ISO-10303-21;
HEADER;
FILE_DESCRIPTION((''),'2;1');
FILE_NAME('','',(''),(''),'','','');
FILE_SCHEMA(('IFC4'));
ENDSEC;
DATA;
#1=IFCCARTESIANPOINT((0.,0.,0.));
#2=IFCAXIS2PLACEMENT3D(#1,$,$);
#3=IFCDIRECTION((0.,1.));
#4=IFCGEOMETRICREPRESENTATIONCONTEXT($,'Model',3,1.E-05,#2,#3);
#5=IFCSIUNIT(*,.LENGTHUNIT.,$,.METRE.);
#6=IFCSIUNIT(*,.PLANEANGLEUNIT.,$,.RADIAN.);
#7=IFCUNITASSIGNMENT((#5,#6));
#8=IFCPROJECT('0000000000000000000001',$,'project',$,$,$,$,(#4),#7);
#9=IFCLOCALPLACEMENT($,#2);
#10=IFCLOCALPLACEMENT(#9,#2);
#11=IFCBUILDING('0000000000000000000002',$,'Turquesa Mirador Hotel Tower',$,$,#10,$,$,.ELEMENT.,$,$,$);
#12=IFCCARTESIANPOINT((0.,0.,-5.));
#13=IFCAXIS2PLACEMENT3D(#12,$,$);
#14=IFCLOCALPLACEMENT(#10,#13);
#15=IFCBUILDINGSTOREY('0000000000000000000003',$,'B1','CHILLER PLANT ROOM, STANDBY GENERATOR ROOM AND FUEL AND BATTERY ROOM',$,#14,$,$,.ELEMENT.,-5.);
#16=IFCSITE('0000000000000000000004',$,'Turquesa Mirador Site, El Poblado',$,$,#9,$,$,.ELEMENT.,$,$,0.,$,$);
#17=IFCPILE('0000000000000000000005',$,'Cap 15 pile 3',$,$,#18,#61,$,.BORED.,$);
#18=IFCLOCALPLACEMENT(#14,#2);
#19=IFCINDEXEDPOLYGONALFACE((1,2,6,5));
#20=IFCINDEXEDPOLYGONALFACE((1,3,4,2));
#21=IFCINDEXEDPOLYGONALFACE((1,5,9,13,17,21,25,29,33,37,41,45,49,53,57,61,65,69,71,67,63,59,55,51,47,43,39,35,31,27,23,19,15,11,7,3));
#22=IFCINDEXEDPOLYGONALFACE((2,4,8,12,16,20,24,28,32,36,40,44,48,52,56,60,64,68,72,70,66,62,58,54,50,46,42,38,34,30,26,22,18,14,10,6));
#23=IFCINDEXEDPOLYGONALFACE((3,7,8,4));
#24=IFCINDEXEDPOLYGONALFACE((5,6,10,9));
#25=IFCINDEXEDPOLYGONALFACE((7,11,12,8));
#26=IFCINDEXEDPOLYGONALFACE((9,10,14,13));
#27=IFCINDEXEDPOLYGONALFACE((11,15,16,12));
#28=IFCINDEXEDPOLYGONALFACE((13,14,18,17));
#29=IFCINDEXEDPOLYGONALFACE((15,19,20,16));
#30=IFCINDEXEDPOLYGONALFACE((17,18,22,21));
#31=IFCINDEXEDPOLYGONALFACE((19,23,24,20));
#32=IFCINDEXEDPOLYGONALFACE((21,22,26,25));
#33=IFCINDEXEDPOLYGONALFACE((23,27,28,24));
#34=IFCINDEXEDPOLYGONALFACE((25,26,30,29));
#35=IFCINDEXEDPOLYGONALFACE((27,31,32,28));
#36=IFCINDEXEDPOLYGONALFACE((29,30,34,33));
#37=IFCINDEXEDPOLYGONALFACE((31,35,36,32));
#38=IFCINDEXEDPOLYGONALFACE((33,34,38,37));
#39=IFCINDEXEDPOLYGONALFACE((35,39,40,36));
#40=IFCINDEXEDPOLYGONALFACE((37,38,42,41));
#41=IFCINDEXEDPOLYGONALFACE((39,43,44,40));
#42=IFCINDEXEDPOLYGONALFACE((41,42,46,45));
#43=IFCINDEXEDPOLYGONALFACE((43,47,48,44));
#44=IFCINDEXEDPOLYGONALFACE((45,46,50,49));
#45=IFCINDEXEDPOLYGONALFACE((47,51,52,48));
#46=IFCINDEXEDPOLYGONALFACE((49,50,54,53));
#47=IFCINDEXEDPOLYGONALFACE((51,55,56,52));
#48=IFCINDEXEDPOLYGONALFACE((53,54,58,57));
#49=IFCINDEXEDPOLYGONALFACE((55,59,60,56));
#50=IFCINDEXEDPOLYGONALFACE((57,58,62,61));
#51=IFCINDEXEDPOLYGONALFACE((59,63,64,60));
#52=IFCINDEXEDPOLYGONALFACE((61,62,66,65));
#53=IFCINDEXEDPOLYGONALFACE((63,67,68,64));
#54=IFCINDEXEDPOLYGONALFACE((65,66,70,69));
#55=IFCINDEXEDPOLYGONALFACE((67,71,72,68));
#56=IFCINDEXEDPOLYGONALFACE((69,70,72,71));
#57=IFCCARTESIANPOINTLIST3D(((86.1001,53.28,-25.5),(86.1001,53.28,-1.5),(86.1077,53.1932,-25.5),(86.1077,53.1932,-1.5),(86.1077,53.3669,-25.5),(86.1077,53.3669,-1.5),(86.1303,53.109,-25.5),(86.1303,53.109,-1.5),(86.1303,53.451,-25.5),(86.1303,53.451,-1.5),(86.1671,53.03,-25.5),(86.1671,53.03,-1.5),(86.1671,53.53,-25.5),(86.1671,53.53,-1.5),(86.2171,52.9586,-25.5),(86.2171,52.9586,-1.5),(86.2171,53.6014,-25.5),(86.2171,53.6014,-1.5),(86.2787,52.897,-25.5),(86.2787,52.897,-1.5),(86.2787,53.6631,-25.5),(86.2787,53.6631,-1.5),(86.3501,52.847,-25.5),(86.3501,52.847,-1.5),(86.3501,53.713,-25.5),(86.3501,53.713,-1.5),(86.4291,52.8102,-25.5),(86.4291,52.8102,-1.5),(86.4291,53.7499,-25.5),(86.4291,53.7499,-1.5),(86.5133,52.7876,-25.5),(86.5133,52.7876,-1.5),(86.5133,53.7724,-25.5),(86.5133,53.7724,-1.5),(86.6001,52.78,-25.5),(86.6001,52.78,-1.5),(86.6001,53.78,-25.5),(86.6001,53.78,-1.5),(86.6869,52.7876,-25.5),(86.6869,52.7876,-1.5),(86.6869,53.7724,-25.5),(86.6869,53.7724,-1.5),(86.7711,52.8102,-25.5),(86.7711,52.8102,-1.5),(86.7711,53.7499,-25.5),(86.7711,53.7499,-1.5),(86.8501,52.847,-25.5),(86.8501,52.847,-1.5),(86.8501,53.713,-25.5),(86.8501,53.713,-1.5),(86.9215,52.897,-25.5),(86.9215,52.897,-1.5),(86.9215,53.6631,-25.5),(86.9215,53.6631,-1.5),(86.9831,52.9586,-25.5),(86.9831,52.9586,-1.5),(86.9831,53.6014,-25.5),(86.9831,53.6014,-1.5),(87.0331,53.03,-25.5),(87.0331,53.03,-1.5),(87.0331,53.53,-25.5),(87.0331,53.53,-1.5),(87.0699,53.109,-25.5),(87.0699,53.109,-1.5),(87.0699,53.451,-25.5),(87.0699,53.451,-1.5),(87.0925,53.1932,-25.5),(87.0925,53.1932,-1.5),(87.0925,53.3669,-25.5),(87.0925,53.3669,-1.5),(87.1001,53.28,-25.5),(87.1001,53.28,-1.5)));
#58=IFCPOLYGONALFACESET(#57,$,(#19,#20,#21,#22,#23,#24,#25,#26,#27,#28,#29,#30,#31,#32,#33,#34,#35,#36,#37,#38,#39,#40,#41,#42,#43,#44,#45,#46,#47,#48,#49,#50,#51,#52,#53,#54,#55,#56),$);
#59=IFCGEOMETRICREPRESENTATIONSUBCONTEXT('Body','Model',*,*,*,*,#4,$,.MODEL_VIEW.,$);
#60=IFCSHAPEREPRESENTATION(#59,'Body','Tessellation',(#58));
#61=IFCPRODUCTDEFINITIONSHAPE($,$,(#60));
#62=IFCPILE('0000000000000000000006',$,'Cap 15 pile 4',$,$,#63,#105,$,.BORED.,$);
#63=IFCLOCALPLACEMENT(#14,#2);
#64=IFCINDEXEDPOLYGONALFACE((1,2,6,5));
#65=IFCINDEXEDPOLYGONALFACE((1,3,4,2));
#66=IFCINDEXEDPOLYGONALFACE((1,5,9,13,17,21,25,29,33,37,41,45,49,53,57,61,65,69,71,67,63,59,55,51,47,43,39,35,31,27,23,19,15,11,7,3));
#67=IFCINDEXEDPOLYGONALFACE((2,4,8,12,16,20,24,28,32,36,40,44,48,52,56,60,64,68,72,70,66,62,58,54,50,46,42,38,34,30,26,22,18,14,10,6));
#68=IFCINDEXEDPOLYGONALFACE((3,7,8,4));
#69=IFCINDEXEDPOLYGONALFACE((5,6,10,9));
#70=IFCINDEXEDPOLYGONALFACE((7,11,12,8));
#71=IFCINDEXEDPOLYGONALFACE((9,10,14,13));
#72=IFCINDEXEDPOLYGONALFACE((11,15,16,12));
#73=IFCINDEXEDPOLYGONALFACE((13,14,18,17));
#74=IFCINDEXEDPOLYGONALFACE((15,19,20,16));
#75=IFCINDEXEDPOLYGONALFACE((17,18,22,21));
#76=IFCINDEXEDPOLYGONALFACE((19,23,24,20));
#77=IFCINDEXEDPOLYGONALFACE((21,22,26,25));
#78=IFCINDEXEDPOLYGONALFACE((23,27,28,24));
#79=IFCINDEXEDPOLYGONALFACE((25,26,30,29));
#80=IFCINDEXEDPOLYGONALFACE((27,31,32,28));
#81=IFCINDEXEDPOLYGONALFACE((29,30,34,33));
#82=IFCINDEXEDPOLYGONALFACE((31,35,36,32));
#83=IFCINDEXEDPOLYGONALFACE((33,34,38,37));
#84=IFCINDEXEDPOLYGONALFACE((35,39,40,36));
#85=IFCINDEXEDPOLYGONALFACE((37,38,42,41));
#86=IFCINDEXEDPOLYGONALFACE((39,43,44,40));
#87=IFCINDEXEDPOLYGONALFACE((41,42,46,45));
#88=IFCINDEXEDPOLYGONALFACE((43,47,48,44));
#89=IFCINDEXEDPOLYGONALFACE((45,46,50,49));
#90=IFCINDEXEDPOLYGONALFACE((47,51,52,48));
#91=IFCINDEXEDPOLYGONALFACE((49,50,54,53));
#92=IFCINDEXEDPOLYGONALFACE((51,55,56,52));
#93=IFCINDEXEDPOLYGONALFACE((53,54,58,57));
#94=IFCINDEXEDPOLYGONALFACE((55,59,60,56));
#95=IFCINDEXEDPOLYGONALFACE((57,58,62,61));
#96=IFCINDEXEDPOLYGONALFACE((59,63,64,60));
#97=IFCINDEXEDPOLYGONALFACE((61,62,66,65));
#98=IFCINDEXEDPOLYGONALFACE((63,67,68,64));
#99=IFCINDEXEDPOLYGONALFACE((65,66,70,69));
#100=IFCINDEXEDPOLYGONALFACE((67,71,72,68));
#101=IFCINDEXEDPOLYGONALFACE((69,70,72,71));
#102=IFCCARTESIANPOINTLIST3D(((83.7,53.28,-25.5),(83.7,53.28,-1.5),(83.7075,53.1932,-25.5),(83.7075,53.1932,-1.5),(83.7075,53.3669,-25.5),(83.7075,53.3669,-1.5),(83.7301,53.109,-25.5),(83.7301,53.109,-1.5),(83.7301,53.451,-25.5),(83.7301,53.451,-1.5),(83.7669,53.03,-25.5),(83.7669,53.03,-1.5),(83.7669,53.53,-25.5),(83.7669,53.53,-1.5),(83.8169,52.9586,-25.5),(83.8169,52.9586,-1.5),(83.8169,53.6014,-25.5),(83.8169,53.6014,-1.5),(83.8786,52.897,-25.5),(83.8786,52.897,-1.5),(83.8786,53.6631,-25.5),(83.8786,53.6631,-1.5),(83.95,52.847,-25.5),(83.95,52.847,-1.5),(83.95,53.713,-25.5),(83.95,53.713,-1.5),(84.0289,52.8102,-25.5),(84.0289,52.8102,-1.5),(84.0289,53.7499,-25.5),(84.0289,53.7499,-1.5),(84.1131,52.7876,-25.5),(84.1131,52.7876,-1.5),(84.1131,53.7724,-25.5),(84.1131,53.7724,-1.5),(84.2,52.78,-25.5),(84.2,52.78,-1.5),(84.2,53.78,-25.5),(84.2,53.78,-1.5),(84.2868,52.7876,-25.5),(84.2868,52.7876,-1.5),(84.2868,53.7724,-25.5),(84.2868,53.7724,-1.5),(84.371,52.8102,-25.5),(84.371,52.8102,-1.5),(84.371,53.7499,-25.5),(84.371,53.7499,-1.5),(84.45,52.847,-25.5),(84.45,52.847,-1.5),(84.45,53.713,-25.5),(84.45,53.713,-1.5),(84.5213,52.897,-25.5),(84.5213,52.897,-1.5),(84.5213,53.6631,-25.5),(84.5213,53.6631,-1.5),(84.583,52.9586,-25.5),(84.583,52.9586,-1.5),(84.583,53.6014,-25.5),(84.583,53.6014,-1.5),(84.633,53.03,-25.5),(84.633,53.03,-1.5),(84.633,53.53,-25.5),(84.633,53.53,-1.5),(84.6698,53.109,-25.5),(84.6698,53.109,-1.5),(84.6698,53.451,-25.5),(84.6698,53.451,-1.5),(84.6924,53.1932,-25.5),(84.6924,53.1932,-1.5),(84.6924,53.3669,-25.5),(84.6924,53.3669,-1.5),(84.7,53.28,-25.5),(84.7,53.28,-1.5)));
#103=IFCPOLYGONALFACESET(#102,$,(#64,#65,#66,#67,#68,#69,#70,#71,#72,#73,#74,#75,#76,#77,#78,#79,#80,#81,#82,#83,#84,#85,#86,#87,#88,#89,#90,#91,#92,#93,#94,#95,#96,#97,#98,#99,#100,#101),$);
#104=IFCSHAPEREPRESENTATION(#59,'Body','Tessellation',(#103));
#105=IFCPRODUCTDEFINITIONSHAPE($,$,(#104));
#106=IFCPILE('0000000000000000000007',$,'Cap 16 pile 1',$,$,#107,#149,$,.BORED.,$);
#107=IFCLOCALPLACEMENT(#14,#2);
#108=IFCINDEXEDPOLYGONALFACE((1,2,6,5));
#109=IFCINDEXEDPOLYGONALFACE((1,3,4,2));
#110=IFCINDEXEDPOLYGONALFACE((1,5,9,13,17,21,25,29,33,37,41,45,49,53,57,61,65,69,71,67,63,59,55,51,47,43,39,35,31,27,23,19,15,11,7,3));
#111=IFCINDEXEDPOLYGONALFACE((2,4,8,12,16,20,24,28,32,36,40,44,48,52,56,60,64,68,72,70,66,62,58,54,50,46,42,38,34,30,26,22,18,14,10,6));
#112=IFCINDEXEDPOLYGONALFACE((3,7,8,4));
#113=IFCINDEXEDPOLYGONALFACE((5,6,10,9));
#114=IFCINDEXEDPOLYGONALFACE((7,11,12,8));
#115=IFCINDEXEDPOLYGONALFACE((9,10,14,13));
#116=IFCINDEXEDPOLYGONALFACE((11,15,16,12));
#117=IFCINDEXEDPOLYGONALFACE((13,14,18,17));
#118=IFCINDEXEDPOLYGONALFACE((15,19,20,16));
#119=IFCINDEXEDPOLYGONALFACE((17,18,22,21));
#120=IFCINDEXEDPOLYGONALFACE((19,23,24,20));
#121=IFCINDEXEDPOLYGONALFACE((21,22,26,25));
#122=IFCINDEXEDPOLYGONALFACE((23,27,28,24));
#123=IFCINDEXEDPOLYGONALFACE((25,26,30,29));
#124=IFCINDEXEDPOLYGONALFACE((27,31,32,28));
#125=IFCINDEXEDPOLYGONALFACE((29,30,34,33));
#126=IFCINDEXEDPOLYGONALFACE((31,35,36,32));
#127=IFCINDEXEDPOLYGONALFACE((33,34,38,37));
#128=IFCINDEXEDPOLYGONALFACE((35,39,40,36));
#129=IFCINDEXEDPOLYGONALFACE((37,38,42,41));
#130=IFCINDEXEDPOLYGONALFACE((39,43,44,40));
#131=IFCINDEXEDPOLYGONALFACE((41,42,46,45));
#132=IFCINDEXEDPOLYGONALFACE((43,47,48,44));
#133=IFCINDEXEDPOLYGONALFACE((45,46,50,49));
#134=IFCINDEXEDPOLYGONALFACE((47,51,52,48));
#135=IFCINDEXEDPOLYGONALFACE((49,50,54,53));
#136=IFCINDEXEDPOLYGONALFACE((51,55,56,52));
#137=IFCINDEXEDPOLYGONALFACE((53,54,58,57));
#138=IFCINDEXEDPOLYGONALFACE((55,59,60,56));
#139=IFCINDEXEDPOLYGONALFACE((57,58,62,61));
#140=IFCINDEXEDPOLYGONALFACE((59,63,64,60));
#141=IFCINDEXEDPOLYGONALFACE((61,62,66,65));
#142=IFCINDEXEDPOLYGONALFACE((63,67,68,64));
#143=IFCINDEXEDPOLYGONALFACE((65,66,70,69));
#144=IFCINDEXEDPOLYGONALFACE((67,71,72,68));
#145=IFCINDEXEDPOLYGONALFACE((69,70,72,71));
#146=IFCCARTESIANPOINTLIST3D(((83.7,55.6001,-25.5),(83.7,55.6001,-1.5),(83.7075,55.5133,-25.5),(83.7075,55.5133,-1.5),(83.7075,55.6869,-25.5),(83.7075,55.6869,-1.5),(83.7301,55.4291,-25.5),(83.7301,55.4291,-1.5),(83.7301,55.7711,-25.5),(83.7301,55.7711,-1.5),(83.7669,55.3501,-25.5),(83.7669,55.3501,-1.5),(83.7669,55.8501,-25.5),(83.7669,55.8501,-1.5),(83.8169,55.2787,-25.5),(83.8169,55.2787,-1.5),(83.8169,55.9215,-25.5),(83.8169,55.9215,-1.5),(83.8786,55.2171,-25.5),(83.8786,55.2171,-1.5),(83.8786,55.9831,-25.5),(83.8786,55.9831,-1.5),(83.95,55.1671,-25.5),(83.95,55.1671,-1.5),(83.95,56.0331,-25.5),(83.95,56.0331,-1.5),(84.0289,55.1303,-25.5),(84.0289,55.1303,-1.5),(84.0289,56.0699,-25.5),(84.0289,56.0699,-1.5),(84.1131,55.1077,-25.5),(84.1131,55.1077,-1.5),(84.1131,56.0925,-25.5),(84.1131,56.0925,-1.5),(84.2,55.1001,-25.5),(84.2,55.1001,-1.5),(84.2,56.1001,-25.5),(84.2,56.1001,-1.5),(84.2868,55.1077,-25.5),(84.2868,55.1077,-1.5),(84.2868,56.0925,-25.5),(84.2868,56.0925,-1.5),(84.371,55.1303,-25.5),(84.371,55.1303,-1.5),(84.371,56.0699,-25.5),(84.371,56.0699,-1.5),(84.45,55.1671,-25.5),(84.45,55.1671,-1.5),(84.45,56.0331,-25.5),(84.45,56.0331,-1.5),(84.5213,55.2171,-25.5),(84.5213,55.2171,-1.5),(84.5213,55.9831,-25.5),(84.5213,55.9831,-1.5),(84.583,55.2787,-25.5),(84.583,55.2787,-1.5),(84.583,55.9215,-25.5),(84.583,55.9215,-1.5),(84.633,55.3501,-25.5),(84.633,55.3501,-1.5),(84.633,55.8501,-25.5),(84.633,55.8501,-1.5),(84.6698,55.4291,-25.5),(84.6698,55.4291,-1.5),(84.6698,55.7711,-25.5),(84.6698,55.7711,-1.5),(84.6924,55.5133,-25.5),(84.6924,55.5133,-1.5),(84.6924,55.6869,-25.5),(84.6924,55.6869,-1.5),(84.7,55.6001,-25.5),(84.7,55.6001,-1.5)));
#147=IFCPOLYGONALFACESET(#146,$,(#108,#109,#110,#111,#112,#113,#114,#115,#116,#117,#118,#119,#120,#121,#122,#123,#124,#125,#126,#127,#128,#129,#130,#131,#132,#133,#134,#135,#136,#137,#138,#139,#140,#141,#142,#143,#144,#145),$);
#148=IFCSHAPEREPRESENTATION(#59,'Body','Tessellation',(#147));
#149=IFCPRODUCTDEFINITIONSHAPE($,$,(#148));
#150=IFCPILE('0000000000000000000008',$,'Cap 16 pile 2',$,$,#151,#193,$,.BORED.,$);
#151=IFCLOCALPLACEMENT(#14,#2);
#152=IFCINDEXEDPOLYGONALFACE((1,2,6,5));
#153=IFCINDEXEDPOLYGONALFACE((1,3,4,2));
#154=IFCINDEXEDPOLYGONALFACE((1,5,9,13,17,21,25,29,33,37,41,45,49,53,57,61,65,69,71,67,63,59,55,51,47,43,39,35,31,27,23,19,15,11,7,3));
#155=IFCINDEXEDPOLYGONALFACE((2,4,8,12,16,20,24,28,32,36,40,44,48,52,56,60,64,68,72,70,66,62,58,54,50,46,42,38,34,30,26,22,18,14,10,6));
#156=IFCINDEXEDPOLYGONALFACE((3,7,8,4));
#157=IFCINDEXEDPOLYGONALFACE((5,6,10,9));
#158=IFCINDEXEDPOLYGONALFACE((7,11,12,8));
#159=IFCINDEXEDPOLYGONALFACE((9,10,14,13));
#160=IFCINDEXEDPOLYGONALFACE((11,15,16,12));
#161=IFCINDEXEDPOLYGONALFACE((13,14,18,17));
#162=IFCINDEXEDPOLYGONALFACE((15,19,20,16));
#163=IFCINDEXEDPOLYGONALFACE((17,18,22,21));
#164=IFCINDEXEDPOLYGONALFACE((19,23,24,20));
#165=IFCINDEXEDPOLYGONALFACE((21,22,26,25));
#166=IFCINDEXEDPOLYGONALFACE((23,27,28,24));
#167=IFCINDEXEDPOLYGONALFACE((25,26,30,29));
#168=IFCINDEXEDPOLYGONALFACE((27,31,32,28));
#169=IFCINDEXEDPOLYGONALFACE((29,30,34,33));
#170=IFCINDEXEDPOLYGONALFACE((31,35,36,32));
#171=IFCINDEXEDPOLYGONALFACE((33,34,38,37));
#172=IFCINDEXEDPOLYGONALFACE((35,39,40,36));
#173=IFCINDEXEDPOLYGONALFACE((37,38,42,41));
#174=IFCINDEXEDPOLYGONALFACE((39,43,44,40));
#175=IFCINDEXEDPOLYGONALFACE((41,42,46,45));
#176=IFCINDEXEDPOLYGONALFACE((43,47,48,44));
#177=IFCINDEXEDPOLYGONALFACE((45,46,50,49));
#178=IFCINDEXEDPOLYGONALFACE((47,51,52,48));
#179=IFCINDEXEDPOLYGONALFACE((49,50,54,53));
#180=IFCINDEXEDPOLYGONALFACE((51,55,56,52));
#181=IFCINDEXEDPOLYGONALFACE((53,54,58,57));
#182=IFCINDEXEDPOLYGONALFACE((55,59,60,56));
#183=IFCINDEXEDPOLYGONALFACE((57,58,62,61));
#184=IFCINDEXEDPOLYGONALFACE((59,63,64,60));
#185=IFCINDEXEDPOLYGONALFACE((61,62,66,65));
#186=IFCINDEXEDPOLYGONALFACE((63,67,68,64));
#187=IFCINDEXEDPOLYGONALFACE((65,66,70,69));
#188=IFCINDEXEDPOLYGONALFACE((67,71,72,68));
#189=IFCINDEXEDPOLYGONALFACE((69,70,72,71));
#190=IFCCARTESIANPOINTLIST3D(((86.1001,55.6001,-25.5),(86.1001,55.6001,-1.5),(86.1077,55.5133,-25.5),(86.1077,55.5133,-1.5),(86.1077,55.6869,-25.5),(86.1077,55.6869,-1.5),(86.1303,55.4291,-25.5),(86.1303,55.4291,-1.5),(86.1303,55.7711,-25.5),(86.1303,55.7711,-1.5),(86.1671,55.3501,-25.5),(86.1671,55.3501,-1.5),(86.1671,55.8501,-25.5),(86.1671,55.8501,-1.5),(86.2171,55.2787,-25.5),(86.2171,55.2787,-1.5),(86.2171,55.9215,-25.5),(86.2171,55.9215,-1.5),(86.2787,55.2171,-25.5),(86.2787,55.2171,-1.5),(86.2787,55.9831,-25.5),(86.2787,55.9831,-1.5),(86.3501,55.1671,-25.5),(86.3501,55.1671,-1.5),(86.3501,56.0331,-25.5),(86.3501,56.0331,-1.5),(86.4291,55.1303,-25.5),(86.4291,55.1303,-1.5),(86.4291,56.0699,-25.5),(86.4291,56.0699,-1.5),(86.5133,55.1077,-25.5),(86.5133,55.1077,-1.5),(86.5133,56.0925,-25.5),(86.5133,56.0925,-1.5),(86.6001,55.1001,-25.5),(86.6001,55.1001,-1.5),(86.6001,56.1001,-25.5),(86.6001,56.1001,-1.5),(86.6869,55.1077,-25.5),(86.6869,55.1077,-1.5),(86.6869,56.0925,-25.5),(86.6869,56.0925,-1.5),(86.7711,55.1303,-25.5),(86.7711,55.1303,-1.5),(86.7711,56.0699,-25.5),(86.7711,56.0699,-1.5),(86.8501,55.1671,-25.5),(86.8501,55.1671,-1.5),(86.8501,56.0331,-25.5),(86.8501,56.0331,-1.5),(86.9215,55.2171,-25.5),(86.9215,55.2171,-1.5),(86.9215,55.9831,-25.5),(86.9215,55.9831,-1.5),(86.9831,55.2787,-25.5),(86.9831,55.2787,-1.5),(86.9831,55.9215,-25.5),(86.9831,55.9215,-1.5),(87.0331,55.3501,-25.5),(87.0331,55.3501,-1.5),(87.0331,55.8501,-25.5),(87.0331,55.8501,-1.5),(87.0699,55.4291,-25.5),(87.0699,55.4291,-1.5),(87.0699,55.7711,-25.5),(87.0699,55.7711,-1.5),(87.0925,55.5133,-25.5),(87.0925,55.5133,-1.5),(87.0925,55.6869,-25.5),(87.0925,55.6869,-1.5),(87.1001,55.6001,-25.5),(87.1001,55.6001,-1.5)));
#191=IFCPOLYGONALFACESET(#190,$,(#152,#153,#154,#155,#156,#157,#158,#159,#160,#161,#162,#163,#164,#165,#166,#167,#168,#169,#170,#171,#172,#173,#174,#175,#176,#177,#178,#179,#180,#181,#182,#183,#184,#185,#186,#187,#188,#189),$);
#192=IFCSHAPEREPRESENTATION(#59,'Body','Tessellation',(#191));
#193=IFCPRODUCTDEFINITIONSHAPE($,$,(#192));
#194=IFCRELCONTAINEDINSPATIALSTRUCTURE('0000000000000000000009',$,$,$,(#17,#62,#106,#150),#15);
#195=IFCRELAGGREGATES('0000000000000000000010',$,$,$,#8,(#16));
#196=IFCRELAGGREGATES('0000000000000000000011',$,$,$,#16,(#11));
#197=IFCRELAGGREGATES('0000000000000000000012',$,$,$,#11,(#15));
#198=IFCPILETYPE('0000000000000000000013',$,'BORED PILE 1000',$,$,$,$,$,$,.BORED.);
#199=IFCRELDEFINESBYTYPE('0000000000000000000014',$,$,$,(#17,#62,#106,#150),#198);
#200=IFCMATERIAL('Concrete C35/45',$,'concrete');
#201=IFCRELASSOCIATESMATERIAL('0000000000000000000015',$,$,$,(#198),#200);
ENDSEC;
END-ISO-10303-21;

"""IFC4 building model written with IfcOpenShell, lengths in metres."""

from ifc_helpers import new_model, si_unit, direction, frame, origin, origin_2d, place, context, subcontext, project, spatial, circle, extrude, material, type_object, element, save


model = new_model("IFC4")

# Units and contexts
model_context = context("Model", 3, precision=1e-05, world=origin(), true_north=direction((0.0, 1.0)))
body_context = subcontext(model_context, "Body", "Model", "MODEL_VIEW")
ifc_project = project(units=[si_unit("LENGTHUNIT", "METRE"), si_unit("PLANEANGLEUNIT", "RADIAN")], contexts=[model_context])

# Site, building, storey
site_placement = place(None, origin())
site = spatial("IfcSite", under=ifc_project, at=site_placement, Name="Turquesa Mirador Site, El Poblado", CompositionType="ELEMENT", RefElevation=0.0)
building_placement = place(site_placement, origin())
building = spatial("IfcBuilding", under=site, at=building_placement, Name="Turquesa Mirador Hotel Tower", CompositionType="ELEMENT")
storey_placement = place(building_placement, frame((0.0, 0.0, -5.0)))
storey = spatial("IfcBuildingStorey", under=building, at=storey_placement, Name="B1", Description="CHILLER PLANT ROOM, STANDBY GENERATOR ROOM AND FUEL AND BATTERY ROOM", CompositionType="ELEMENT", Elevation=-5.0)

# Piles
ifc_material_1 = material(Name="Concrete C35/45", Category="concrete")
pile_type_1 = type_object("IfcPileType", Name="BORED PILE 1000", PredefinedType="BORED", material=ifc_material_1)
for number, where, z_axis, x_axis, name in (
    (1, (86.6001, 53.28, -1.5), (0.0, 0.0, -1.0), (1.0, 0.0, 0.0), "Cap 15 pile 3"),
    (2, (84.2, 53.28, -1.5), (0.0, 0.0, -1.0), (1.0, 0.0, 0.0), "Cap 15 pile 4"),
    (3, (84.2, 55.6001, -1.5), (0.0, 0.0, -1.0), (1.0, 0.0, 0.0), "Cap 16 pile 1"),
    (4, (86.6001, 55.6001, -1.5), (0.0, 0.0, -1.0), (1.0, 0.0, 0.0), "Cap 16 pile 2"),
):
    element("IfcPile", number, at=place(storey_placement, frame(where, z_axis=z_axis, x_axis=x_axis)), inside=storey, type_object=pile_type_1, Name=name, PredefinedType="BORED", context=body_context, shape_type="SweptSolid", body=[
        extrude(circle(Radius=0.5, at=origin_2d()), origin(), (0.0, 0.0, 1.0), 24.0),
    ])

save(model, "model.ifc")
